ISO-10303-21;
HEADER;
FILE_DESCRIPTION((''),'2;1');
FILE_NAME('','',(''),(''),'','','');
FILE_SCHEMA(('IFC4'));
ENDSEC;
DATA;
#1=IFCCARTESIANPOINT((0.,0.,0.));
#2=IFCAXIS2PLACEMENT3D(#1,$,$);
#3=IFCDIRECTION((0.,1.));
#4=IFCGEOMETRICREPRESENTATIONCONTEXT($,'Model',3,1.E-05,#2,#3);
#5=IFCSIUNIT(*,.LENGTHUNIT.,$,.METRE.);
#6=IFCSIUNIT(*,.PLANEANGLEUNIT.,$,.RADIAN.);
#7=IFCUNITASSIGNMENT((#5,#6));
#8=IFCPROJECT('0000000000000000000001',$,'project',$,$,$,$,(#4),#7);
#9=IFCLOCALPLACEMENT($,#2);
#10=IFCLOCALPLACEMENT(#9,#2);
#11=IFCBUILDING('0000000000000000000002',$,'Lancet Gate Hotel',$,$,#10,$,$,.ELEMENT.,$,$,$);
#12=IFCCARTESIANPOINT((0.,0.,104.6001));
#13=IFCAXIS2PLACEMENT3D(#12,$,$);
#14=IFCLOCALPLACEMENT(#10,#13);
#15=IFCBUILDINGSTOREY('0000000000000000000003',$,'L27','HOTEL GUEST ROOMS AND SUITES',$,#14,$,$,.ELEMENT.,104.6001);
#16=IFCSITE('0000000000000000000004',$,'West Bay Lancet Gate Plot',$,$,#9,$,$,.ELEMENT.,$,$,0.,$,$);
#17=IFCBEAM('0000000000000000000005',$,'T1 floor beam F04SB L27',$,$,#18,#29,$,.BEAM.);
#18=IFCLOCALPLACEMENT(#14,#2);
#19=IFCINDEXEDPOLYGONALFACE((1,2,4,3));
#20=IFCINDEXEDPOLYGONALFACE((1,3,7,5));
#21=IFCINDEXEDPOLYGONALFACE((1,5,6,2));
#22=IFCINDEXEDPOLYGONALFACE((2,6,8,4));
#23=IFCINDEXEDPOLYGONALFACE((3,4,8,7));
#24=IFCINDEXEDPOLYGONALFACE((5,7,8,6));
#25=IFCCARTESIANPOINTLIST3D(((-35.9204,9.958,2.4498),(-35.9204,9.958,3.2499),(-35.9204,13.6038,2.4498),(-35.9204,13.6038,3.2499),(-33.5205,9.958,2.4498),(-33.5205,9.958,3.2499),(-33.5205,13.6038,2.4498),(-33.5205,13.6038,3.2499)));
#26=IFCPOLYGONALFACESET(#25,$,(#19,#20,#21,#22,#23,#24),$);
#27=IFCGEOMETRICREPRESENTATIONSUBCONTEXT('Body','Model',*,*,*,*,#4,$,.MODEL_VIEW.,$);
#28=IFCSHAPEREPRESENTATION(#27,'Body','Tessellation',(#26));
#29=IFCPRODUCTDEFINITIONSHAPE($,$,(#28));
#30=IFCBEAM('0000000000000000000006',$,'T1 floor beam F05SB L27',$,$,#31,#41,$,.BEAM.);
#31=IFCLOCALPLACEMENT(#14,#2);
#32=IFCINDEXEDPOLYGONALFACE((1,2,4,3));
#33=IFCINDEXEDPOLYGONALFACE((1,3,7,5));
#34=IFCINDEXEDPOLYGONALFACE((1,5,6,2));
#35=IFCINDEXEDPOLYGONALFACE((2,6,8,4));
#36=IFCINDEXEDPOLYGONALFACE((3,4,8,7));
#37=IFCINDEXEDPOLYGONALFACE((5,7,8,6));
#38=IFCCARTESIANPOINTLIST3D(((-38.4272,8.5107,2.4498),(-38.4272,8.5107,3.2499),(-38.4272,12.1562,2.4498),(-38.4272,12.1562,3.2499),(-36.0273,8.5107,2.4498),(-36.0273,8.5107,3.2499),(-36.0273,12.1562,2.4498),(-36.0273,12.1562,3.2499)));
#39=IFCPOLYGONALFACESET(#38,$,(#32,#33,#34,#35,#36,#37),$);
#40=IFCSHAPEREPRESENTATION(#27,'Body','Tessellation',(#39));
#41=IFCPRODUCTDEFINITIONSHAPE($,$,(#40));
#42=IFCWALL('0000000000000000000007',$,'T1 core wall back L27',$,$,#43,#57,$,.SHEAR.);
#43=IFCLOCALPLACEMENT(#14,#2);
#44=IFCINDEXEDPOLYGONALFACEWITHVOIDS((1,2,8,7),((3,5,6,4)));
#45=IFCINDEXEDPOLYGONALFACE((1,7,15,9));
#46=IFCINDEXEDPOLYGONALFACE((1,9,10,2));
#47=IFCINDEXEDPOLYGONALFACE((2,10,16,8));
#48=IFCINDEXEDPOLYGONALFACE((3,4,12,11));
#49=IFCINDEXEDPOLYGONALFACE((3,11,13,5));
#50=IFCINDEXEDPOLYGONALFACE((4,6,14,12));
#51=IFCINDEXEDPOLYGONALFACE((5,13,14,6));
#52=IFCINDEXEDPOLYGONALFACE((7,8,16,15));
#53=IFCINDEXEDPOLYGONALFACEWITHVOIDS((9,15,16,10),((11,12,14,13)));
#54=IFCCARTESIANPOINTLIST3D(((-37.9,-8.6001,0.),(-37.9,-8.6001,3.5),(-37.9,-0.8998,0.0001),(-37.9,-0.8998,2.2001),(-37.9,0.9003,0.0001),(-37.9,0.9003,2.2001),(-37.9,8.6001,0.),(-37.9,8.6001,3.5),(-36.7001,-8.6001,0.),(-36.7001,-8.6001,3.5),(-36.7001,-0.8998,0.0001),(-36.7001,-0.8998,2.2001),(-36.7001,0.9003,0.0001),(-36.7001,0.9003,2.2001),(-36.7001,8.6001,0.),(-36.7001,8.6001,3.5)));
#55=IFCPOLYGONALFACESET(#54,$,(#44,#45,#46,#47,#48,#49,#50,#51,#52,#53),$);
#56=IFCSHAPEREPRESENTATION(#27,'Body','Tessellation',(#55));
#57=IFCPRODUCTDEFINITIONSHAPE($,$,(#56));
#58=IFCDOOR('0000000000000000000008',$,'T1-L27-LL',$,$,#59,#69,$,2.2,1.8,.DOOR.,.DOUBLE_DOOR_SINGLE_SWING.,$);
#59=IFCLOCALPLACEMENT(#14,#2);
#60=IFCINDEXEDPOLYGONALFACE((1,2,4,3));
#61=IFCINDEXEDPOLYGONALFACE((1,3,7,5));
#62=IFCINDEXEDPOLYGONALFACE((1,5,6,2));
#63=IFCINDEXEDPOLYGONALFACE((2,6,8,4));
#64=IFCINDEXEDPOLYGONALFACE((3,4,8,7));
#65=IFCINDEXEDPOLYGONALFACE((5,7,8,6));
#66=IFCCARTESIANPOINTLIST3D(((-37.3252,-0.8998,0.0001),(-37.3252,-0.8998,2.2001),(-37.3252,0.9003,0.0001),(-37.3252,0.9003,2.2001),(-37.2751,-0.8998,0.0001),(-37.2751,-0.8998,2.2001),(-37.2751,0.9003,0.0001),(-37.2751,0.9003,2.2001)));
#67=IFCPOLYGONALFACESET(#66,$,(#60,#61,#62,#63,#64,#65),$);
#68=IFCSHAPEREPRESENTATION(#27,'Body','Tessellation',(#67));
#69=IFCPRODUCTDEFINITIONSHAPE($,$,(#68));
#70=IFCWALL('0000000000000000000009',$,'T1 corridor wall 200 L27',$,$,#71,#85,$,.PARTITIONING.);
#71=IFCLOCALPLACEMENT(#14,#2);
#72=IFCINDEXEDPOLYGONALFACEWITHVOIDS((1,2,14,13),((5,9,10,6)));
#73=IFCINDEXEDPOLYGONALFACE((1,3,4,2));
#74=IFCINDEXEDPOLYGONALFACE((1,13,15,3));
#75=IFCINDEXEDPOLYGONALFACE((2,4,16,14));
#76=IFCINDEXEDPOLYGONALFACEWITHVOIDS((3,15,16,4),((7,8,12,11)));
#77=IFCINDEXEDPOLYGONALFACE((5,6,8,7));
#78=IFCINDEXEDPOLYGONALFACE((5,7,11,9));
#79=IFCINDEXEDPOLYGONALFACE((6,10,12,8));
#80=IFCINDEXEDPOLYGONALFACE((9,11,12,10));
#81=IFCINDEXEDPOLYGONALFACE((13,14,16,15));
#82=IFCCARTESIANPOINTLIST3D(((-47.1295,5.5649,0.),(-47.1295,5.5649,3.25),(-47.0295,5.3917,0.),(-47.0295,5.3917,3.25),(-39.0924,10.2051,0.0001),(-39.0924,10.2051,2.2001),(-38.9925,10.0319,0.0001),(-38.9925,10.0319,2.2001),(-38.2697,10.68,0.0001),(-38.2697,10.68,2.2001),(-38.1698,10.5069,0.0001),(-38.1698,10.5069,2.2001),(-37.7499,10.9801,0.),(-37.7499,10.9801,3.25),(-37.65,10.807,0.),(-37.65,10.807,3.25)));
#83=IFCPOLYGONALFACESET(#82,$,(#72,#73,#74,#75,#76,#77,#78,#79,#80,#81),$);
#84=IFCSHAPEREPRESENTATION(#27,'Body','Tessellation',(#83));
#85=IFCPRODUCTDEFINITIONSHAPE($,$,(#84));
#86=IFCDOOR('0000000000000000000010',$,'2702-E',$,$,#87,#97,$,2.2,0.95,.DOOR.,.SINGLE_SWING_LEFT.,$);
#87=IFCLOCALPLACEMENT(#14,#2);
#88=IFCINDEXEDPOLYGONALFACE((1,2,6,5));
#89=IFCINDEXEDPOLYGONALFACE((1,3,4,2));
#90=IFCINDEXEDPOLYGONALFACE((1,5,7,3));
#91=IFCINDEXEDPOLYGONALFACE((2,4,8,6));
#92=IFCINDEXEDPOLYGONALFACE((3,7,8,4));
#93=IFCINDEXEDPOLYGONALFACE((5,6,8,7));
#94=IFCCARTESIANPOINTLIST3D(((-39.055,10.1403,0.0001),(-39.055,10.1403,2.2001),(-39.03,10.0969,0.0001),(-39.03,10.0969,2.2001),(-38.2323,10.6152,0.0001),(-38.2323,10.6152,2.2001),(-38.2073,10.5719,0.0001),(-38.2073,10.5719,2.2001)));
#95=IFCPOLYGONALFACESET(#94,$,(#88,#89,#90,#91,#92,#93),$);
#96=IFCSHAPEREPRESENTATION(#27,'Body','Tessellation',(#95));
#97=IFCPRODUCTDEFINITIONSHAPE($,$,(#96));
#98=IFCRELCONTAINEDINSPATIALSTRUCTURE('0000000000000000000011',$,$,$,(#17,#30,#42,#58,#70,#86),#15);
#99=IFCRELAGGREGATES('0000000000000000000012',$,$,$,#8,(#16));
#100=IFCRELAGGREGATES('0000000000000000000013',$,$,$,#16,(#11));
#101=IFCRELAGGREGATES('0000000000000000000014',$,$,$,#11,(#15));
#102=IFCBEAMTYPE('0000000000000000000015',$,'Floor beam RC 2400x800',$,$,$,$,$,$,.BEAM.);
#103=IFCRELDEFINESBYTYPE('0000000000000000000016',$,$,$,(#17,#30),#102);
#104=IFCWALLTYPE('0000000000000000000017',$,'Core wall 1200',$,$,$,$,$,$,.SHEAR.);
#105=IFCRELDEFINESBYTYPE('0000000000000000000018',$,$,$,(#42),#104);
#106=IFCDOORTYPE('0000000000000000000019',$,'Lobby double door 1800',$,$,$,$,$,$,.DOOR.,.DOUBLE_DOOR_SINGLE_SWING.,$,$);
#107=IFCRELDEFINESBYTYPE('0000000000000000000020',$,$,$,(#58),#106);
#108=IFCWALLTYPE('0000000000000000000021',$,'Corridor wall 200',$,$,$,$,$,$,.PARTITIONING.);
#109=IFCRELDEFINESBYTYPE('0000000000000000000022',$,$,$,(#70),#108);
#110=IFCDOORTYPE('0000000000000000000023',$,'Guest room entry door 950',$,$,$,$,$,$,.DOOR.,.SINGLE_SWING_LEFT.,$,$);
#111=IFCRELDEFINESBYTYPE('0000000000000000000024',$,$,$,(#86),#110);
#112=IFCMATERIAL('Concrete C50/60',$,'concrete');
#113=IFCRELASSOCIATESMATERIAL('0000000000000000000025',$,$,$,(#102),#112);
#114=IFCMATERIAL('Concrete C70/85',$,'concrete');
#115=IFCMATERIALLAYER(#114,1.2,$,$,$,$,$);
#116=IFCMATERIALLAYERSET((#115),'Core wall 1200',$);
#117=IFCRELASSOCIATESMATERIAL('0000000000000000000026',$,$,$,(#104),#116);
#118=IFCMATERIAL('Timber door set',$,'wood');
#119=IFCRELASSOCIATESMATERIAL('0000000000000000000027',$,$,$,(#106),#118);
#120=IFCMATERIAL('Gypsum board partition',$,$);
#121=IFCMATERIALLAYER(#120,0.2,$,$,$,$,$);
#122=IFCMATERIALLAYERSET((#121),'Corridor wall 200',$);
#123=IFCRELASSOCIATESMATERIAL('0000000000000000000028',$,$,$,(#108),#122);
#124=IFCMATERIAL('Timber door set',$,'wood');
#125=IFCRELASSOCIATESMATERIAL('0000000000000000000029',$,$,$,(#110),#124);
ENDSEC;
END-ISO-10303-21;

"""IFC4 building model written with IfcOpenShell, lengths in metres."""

from ifc_helpers import new_model, si_unit, direction, frame, frame_2d, origin, origin_2d, place, context, subcontext, project, spatial, rectangle, extrude, material, layer, layer_set, material_profile, profile_set, type_object, element, fill, save


model = new_model("IFC4")

# Units and contexts
model_context = context("Model", 3, precision=1e-05, world=origin(), true_north=direction((0.0, 1.0)))
body_context = subcontext(model_context, "Body", "Model", "MODEL_VIEW")
ifc_project = project(units=[si_unit("LENGTHUNIT", "METRE"), si_unit("PLANEANGLEUNIT", "RADIAN")], contexts=[model_context])

# Site, building, storey
site_placement = place(None, origin())
site = spatial("IfcSite", under=ifc_project, at=site_placement, Name="West Bay Lancet Gate Plot", CompositionType="ELEMENT", RefElevation=0.0)
building_placement = place(site_placement, origin())
building = spatial("IfcBuilding", under=site, at=building_placement, Name="Lancet Gate Hotel", CompositionType="ELEMENT")
storey_placement = place(building_placement, frame((0.0, 0.0, 104.6001)))
storey = spatial("IfcBuildingStorey", under=building, at=storey_placement, Name="L27", Description="HOTEL GUEST ROOMS AND SUITES", CompositionType="ELEMENT", Elevation=104.6001)

# Beams
ifc_material_1 = material(Name="Concrete C50/60", Category="concrete")
ifc_material_profile = material_profile(ifc_material_1, rectangle(XDim=2.3999, YDim=0.8, at=origin_2d()), Name="RC 2400x800")
ifc_profile_set = profile_set([ifc_material_profile], Name="Concrete C50/60")
beam_type = type_object("IfcBeamType", Name="Floor beam RC 2400x800", PredefinedType="BEAM", material=ifc_profile_set)
beam_1_placement = place(storey_placement, frame((-34.7205, 13.6038, 2.8499), z_axis=(0.0, -1.0, 0.0), x_axis=(1.0, 0.0, 0.0)))
element("IfcBeam", 1, at=beam_1_placement, inside=storey, type_object=beam_type, Name="T1 floor beam F04SB L27", PredefinedType="BEAM", context=body_context, shape_type="SweptSolid", body=[
    extrude(rectangle(XDim=2.3999, YDim=0.8, at=origin_2d()), origin(), (0.0, 0.0, 1.0), 3.6458),
])
beam_2_placement = place(storey_placement, frame((-37.2273, 12.1562, 2.8499), z_axis=(0.0, -1.0, 0.0), x_axis=(1.0, 0.0, 0.0)))
element("IfcBeam", 2, at=beam_2_placement, inside=storey, type_object=beam_type, Name="T1 floor beam F05SB L27", PredefinedType="BEAM", context=body_context, shape_type="SweptSolid", body=[
    extrude(rectangle(XDim=2.3999, YDim=0.8, at=origin_2d()), origin(), (0.0, 0.0, 1.0), 3.6455),
])

# Walls, openings, doors
ifc_material_2 = material(Name="Concrete C70/85", Category="concrete")
ifc_layer_1 = layer(ifc_material_2, 1.2)
ifc_layer_set_1 = layer_set([ifc_layer_1], Name="Core wall 1200")
wall_type_1 = type_object("IfcWallType", Name="Core wall 1200", PredefinedType="SHEAR", material=ifc_layer_set_1)
wall_1_placement = place(storey_placement, frame((-37.3, 8.6001, 0.0), z_axis=(0.0, 0.0, 1.0), x_axis=(0.0, -1.0, 0.0)))
wall_1 = element("IfcWall", 3, at=wall_1_placement, inside=storey, type_object=wall_type_1, Name="T1 core wall back L27", PredefinedType="SHEAR", context=body_context, shape_type="SweptSolid", body=[
    extrude(rectangle(XDim=17.2002, YDim=1.2, at=frame_2d((8.6001, 0.0))), origin(), (0.0, 0.0, 1.0), 3.5),
])
opening_1_placement = place(wall_1_placement, frame((7.7, 0.0, 0.0)))
opening_1 = element("IfcOpeningElement", 4, at=opening_1_placement, cuts=wall_1, PredefinedType="OPENING", context=body_context, shape_type="SweptSolid", body=[
    extrude(rectangle(XDim=1.8, YDim=2.2, at=frame_2d((0.8999, 1.1001))), frame((0.0, 0.6099, 0.0), z_axis=(0.0, -1.0, 0.0), x_axis=(1.0, 0.0, 0.0)), (0.0, 0.0, 1.0), 1.22),
])
ifc_material_3 = material(Name="Timber door set", Category="wood")
door_type_1 = type_object("IfcDoorType", Name="Lobby double door 1800", OperationType="DOUBLE_DOOR_SINGLE_SWING", PredefinedType="DOOR", material=ifc_material_3)
door_1_placement = place(opening_1_placement, origin())
door_1 = element("IfcDoor", 5, at=door_1_placement, inside=storey, type_object=door_type_1, Name="T1-L27-LL", OperationType="DOUBLE_DOOR_SINGLE_SWING", OverallHeight=2.2, OverallWidth=1.8, PredefinedType="DOOR", context=body_context, shape_type="SweptSolid", body=[
    extrude(rectangle(XDim=1.8, YDim=2.2, at=frame_2d((0.8999, 1.1001))), frame((0.0, 0.0249, 0.0), z_axis=(0.0, -1.0, 0.0), x_axis=(1.0, 0.0, 0.0)), (0.0, 0.0, 1.0), 0.05),
])
fill(opening_1, door_1)
ifc_material_4 = material(Name="Gypsum board partition")
ifc_layer_2 = layer(ifc_material_4, 0.2)
ifc_layer_set_2 = layer_set([ifc_layer_2], Name="Corridor wall 200")
wall_type_2 = type_object("IfcWallType", Name="Corridor wall 200", PredefinedType="PARTITIONING", material=ifc_layer_set_2)
wall_2_placement = place(storey_placement, frame((-37.7, 10.8936, 0.0), z_axis=(0.0, 0.0, 1.0), x_axis=(-0.866028, -0.499996, 0.0)))
wall_2 = element("IfcWall", 6, at=wall_2_placement, inside=storey, type_object=wall_type_2, Name="T1 corridor wall 200 L27", PredefinedType="PARTITIONING", context=body_context, shape_type="SweptSolid", body=[
    extrude(rectangle(XDim=10.8306, YDim=0.2, at=frame_2d((5.4153, 0.0))), origin(), (0.0, 0.0, 1.0), 3.25),
])
opening_2_placement = place(wall_2_placement, frame((0.6001, 0.0, 0.0)))
opening_2 = element("IfcOpeningElement", 7, at=opening_2_placement, cuts=wall_2, PredefinedType="OPENING", context=body_context, shape_type="SweptSolid", body=[
    extrude(rectangle(XDim=0.95, YDim=2.2, at=frame_2d((0.4751, 1.1001))), frame((0.0, 0.1099, 0.0), z_axis=(0.0, -1.0, 0.0), x_axis=(1.0, 0.0, 0.0)), (0.0, 0.0, 1.0), 0.22),
])
ifc_material_5 = material(Name="Timber door set", Category="wood")
door_type_2 = type_object("IfcDoorType", Name="Guest room entry door 950", OperationType="SINGLE_SWING_LEFT", PredefinedType="DOOR", material=ifc_material_5)
door_2_placement = place(opening_2_placement, origin())
door_2 = element("IfcDoor", 8, at=door_2_placement, inside=storey, type_object=door_type_2, Name="2702-E", OperationType="SINGLE_SWING_LEFT", OverallHeight=2.2, OverallWidth=0.95, PredefinedType="DOOR", context=body_context, shape_type="SweptSolid", body=[
    extrude(rectangle(XDim=0.95, YDim=2.2, at=frame_2d((0.4751, 1.1001))), frame((0.0, 0.0249, 0.0), z_axis=(0.0, -1.0, 0.0), x_axis=(1.0, 0.0, 0.0)), (0.0, 0.0, 1.0), 0.05),
])
fill(opening_2, door_2)

save(model, "model.ifc")
